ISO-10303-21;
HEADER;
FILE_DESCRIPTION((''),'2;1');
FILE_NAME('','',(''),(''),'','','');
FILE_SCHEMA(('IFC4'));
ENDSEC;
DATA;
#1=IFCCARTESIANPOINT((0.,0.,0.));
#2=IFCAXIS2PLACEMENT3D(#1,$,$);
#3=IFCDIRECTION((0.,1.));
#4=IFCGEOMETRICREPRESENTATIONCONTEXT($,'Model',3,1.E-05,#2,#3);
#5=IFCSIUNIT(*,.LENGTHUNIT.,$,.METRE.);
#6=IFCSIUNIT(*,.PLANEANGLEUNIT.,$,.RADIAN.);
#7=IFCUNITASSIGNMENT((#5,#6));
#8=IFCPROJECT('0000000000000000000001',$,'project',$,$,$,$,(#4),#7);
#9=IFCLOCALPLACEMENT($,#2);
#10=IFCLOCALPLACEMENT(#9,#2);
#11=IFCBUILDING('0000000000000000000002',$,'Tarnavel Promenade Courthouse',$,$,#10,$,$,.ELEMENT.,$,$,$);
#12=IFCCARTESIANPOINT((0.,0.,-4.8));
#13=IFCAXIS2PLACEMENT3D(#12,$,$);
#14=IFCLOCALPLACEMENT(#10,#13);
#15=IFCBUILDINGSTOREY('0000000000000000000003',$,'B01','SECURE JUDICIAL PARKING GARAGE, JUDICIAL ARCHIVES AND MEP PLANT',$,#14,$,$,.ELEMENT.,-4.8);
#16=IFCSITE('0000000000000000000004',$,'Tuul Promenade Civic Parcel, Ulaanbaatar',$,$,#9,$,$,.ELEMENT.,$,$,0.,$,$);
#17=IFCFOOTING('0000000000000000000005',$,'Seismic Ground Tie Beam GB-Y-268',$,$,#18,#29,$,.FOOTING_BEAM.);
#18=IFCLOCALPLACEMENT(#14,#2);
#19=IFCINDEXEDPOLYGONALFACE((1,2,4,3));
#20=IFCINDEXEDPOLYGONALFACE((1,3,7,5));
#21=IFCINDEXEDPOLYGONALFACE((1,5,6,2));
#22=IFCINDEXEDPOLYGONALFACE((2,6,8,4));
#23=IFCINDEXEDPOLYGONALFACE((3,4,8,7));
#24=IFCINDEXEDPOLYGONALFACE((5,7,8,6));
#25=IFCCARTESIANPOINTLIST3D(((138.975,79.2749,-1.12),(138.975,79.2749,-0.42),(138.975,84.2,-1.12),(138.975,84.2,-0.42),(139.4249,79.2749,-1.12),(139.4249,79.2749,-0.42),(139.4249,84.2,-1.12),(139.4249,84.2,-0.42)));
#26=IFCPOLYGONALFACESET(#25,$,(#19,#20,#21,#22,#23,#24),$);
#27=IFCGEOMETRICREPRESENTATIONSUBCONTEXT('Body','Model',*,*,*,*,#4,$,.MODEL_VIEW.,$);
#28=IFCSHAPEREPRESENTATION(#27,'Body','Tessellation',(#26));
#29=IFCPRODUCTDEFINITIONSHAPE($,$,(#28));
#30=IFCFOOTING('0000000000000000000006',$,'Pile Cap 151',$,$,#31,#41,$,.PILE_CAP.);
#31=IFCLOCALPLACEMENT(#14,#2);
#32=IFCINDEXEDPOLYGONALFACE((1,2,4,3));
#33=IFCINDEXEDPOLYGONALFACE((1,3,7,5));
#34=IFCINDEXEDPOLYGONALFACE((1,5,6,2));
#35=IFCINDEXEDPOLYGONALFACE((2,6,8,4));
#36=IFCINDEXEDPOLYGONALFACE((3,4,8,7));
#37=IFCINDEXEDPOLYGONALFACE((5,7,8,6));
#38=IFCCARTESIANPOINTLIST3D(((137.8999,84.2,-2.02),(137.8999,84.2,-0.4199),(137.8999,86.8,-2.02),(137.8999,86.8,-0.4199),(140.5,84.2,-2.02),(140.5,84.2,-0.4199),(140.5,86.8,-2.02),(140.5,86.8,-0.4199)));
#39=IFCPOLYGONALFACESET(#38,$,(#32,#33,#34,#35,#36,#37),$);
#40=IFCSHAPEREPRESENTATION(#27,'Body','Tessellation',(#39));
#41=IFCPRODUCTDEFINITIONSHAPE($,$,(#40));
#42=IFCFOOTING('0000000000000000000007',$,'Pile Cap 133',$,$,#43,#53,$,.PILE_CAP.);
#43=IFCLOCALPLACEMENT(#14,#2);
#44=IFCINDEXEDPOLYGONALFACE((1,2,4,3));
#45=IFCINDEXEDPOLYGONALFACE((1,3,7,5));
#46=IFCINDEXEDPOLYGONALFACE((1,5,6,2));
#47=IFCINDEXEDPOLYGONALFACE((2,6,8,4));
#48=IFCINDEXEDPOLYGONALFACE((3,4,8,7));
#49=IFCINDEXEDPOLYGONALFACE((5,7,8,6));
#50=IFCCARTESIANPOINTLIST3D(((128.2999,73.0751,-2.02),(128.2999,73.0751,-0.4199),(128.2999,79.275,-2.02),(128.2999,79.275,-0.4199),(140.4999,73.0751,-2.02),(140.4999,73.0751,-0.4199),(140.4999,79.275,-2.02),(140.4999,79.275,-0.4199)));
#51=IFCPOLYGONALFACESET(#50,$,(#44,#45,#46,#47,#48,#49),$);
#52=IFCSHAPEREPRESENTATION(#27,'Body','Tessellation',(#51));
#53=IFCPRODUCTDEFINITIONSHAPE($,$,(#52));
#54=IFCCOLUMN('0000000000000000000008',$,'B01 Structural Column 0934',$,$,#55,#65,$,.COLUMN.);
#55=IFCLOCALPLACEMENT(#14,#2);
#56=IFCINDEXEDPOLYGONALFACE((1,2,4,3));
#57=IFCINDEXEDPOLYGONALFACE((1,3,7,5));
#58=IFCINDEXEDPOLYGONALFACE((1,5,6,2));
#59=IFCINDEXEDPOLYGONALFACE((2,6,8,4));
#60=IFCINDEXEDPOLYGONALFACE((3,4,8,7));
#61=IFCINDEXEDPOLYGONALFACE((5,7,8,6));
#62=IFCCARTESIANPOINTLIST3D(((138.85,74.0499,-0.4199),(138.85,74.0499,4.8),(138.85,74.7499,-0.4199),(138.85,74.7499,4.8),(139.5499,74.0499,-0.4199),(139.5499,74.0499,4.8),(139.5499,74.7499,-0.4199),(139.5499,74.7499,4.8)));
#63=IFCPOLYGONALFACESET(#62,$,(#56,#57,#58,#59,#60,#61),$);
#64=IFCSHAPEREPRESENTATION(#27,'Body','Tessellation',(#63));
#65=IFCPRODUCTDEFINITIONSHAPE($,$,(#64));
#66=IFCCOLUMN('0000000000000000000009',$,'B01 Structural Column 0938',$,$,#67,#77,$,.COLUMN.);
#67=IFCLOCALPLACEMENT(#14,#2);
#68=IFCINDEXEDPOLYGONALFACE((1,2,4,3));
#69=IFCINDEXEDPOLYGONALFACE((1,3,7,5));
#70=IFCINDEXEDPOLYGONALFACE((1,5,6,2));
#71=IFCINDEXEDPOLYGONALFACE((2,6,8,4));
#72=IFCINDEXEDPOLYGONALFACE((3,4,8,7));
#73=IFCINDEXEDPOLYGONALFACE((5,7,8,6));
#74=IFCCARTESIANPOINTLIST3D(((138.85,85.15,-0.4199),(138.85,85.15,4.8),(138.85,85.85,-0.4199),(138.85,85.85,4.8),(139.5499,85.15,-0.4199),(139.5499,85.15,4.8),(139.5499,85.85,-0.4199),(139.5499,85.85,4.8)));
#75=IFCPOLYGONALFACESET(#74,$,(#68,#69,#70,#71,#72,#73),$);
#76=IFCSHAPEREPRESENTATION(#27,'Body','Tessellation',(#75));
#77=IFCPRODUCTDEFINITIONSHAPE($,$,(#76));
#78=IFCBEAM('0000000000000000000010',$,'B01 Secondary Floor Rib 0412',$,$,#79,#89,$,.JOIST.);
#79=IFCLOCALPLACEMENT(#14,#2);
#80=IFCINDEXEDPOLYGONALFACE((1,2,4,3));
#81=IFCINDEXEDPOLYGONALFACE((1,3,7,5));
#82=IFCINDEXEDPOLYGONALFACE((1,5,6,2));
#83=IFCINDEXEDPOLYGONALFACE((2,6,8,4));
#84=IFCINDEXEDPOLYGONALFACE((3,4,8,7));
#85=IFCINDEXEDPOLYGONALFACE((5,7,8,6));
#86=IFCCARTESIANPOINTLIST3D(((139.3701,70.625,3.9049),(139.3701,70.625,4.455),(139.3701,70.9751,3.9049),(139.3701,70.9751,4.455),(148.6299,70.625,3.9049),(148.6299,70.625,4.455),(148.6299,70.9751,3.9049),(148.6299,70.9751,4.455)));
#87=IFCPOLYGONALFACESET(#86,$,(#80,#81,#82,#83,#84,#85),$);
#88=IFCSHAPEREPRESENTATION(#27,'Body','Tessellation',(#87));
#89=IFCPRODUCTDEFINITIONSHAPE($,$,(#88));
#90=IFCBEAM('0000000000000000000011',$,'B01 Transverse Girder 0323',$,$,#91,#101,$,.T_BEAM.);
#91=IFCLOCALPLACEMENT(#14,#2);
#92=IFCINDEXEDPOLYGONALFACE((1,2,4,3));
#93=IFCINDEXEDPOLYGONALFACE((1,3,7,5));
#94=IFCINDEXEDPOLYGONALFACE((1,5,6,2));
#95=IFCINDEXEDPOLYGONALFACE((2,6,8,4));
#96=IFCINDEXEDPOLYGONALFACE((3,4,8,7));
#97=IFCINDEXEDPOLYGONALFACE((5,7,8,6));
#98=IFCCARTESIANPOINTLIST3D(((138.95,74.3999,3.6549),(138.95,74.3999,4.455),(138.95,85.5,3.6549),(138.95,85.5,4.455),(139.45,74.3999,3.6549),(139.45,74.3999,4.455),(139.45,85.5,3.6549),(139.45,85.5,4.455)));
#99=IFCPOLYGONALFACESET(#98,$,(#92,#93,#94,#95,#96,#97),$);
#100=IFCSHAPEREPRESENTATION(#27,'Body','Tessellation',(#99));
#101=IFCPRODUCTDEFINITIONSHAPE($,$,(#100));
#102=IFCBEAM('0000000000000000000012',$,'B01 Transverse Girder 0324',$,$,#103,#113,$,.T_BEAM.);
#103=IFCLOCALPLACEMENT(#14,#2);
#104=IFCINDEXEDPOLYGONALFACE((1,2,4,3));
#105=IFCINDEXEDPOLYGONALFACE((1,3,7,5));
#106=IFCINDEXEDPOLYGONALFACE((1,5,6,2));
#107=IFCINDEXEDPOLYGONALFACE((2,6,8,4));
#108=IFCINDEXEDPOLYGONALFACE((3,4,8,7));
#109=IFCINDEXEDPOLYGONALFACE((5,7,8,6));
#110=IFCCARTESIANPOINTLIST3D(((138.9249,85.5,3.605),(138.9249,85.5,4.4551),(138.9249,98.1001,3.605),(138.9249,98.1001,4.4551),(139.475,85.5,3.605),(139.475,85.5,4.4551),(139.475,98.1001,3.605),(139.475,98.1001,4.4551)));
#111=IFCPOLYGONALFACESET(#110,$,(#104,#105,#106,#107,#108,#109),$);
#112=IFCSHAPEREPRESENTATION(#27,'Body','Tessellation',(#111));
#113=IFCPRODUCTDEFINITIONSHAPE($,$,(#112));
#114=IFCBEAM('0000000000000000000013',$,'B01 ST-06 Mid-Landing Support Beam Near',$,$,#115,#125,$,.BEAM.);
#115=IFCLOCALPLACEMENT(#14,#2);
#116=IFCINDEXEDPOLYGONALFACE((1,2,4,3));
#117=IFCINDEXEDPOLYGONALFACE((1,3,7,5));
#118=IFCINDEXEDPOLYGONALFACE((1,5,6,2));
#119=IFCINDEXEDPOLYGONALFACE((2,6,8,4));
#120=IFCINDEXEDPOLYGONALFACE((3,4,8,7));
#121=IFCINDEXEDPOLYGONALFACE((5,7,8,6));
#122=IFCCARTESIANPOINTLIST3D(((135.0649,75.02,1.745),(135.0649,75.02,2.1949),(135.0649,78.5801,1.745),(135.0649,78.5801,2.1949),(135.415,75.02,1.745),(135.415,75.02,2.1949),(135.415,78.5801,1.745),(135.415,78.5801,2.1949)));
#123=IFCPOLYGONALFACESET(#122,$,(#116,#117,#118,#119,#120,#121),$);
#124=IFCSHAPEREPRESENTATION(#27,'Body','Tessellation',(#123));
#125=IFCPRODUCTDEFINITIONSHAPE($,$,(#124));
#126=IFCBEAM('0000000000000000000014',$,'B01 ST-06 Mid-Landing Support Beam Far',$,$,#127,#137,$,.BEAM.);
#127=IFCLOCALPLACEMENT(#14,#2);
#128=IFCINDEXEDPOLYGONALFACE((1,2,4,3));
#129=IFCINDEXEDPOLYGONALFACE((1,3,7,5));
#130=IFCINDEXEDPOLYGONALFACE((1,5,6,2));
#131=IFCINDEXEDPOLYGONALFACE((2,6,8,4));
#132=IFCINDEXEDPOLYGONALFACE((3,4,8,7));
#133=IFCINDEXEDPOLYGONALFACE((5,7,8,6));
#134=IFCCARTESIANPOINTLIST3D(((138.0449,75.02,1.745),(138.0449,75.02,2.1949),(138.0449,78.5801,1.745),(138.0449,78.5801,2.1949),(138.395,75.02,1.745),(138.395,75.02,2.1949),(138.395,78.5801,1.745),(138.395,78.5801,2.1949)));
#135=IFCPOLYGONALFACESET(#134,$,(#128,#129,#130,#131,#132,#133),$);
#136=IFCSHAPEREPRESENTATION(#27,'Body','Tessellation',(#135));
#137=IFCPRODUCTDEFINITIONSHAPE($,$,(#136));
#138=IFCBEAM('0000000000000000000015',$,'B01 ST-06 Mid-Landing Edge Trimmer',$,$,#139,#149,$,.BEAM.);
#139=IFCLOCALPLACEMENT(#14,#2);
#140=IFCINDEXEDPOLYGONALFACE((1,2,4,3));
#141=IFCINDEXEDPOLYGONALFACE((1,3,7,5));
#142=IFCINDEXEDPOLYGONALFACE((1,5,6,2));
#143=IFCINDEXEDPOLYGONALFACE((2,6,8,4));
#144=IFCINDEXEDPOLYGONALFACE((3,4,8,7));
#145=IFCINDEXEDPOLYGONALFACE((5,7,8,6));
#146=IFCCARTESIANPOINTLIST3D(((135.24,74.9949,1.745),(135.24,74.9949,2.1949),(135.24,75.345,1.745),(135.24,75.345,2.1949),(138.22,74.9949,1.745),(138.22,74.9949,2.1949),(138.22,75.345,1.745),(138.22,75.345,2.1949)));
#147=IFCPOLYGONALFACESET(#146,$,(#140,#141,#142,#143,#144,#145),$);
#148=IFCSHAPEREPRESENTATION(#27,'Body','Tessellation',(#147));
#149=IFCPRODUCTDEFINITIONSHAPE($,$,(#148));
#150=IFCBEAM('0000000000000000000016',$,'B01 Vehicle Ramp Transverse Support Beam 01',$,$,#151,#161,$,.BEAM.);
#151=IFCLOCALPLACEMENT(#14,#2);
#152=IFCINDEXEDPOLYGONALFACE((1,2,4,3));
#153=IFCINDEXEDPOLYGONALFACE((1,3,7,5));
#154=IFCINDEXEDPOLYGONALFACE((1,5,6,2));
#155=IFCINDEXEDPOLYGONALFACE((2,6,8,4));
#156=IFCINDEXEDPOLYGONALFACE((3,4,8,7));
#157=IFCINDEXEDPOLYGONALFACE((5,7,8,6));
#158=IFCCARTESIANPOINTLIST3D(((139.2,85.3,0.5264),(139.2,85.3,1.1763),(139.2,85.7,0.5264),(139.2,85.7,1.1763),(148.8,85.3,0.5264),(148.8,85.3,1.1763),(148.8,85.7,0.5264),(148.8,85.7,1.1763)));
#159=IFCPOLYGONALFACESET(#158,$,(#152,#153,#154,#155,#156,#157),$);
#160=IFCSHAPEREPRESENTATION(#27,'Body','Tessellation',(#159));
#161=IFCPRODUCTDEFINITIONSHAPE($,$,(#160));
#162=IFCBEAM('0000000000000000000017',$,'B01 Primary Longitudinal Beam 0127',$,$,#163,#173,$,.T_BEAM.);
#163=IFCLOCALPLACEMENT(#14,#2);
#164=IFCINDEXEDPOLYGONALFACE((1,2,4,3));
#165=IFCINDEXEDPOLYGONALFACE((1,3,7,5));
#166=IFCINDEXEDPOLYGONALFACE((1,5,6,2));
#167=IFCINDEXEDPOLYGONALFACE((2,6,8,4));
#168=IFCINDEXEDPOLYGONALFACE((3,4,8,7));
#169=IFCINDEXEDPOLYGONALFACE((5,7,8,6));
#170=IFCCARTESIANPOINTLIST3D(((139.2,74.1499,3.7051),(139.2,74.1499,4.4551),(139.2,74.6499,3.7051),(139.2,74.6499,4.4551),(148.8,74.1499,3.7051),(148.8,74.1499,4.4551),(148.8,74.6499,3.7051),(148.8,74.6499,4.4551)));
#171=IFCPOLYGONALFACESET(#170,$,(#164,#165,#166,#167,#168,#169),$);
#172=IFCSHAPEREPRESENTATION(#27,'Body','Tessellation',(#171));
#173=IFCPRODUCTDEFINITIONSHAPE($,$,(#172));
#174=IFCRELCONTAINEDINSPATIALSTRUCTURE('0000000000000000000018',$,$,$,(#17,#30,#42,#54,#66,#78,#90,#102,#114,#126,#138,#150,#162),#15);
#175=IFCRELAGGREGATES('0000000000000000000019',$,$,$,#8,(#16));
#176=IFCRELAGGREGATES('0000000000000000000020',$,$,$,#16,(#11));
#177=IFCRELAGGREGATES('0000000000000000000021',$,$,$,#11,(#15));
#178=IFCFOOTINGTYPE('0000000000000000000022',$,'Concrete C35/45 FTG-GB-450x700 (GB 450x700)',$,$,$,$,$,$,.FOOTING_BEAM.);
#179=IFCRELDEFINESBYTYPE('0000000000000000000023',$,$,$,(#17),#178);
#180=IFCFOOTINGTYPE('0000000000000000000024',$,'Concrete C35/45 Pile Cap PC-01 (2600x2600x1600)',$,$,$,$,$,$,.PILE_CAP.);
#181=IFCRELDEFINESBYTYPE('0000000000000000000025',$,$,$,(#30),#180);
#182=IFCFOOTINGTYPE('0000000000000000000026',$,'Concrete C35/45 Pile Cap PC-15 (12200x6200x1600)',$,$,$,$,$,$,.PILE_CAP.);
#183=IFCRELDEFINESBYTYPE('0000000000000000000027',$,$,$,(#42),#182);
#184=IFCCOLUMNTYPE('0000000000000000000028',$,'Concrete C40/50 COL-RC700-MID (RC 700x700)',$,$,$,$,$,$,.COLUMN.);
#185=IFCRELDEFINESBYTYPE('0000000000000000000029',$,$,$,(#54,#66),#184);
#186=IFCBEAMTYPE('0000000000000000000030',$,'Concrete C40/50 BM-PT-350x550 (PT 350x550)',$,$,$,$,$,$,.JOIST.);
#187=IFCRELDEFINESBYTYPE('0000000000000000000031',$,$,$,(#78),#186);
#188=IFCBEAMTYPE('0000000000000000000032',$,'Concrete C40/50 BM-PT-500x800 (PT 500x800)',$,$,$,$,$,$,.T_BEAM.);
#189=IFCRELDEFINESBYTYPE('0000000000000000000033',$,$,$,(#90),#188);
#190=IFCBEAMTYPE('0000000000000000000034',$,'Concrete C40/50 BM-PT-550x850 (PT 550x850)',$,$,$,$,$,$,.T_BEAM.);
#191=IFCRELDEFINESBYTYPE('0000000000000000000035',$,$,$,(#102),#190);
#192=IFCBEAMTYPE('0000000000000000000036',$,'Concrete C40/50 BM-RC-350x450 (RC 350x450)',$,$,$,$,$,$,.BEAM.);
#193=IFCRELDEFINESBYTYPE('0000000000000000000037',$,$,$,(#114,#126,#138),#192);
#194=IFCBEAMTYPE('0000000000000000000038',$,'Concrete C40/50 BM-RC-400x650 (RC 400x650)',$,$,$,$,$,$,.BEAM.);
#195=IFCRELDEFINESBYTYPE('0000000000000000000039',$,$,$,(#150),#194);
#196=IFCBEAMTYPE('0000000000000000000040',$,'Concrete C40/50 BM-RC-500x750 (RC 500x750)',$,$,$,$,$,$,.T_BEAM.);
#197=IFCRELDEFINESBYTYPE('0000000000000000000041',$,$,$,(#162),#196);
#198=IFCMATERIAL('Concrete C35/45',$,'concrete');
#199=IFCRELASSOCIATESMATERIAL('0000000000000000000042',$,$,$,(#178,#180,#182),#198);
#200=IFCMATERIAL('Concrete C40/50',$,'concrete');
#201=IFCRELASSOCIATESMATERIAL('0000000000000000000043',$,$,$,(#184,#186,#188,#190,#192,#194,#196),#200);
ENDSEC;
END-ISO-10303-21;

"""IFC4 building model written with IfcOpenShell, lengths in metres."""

from ifc_helpers import new_model, si_unit, direction, frame, origin, origin_2d, place, context, subcontext, project, spatial, rectangle, extrude, material, material_profile, profile_set, type_object, element, save


model = new_model("IFC4")

# Units and contexts
model_context = context("Model", 3, precision=1e-05, world=origin(), true_north=direction((0.0, 1.0)))
body_context = subcontext(model_context, "Body", "Model", "MODEL_VIEW")
ifc_project = project(units=[si_unit("LENGTHUNIT", "METRE"), si_unit("PLANEANGLEUNIT", "RADIAN")], contexts=[model_context])

# Site, building, storey
site_placement = place(None, origin())
site = spatial("IfcSite", under=ifc_project, at=site_placement, Name="Tuul Promenade Civic Parcel, Ulaanbaatar", CompositionType="ELEMENT", RefElevation=0.0)
building_placement = place(site_placement, origin())
building = spatial("IfcBuilding", under=site, at=building_placement, Name="Tarnavel Promenade Courthouse", CompositionType="ELEMENT")
storey_placement = place(building_placement, frame((0.0, 0.0, -4.8)))
storey = spatial("IfcBuildingStorey", under=building, at=storey_placement, Name="B01", Description="SECURE JUDICIAL PARKING GARAGE, JUDICIAL ARCHIVES AND MEP PLANT", CompositionType="ELEMENT", Elevation=-4.8)

# Footings
ifc_material_1 = material(Name="Concrete C35/45", Category="concrete")
ifc_material_profile_1 = material_profile(ifc_material_1, rectangle(XDim=0.45, YDim=0.7, at=origin_2d()), Name="GB 450x700")
ifc_profile_set_1 = profile_set([ifc_material_profile_1], Name="Concrete C35/45")
footing_type_1 = type_object("IfcFootingType", Name="Concrete C35/45 FTG-GB-450x700 (GB 450x700)", PredefinedType="FOOTING_BEAM", material=ifc_profile_set_1)
footing_1_placement = place(storey_placement, frame((139.2, 79.2749, -0.77), z_axis=(0.0, 1.0, 0.0), x_axis=(-1.0, 0.0, 0.0)))
element("IfcFooting", 1, at=footing_1_placement, inside=storey, type_object=footing_type_1, Name="Seismic Ground Tie Beam GB-Y-268", PredefinedType="FOOTING_BEAM", context=body_context, shape_type="SweptSolid", body=[
    extrude(rectangle(XDim=0.45, YDim=0.7, at=origin_2d()), origin(), (0.0, 0.0, 1.0), 4.925),
])
footing_type_2 = type_object("IfcFootingType", Name="Concrete C35/45 Pile Cap PC-01 (2600x2600x1600)", PredefinedType="PILE_CAP", material=ifc_material_1)
footing_2_placement = place(storey_placement, frame((139.2, 85.5, -2.02), z_axis=(0.0, 0.0, 1.0), x_axis=(1.0, 0.0, 0.0)))
element("IfcFooting", 2, at=footing_2_placement, inside=storey, type_object=footing_type_2, Name="Pile Cap 151", PredefinedType="PILE_CAP", context=body_context, shape_type="SweptSolid", body=[
    extrude(rectangle(XDim=2.6001, YDim=2.6001, at=origin_2d()), origin(), (0.0, 0.0, 1.0), 1.6001),
])
footing_type_3 = type_object("IfcFootingType", Name="Concrete C35/45 Pile Cap PC-15 (12200x6200x1600)", PredefinedType="PILE_CAP", material=ifc_material_1)
footing_3_placement = place(storey_placement, frame((134.3999, 76.175, -2.02), z_axis=(0.0, 0.0, 1.0), x_axis=(1.0, 0.0, 0.0)))
element("IfcFooting", 3, at=footing_3_placement, inside=storey, type_object=footing_type_3, Name="Pile Cap 133", PredefinedType="PILE_CAP", context=body_context, shape_type="SweptSolid", body=[
    extrude(rectangle(XDim=12.2, YDim=6.2, at=origin_2d()), origin(), (0.0, 0.0, 1.0), 1.6001),
])

# Columns
ifc_material_2 = material(Name="Concrete C40/50", Category="concrete")
ifc_material_profile_2 = material_profile(ifc_material_2, rectangle(XDim=0.7, YDim=0.7, at=origin_2d()), Name="RC 700x700")
ifc_profile_set_2 = profile_set([ifc_material_profile_2], Name="Concrete C40/50")
column_type = type_object("IfcColumnType", Name="Concrete C40/50 COL-RC700-MID (RC 700x700)", PredefinedType="COLUMN", material=ifc_profile_set_2)
for number, where, z_axis, x_axis, name in (
    (4, (139.2, 74.3999, -0.4199), (0.0, 0.0, 1.0), (1.0, 0.0, 0.0), "B01 Structural Column 0934"),
    (5, (139.2, 85.5, -0.4199), (0.0, 0.0, 1.0), (1.0, 0.0, 0.0), "B01 Structural Column 0938"),
):
    element("IfcColumn", number, at=place(storey_placement, frame(where, z_axis=z_axis, x_axis=x_axis)), inside=storey, type_object=column_type, Name=name, PredefinedType="COLUMN", context=body_context, shape_type="SweptSolid", body=[
        extrude(rectangle(XDim=0.7, YDim=0.7, at=origin_2d()), origin(), (0.0, 0.0, 1.0), 5.22),
    ])

# Beams
ifc_material_profile_3 = material_profile(ifc_material_2, rectangle(XDim=0.3501, YDim=0.55, at=origin_2d()), Name="PT 350x550")
ifc_profile_set_3 = profile_set([ifc_material_profile_3], Name="Concrete C40/50")
beam_type_1 = type_object("IfcBeamType", Name="Concrete C40/50 BM-PT-350x550 (PT 350x550)", PredefinedType="JOIST", material=ifc_profile_set_3)
beam_1_placement = place(storey_placement, frame((139.3701, 70.8, 4.1799), z_axis=(1.0, 0.0, 0.0), x_axis=(0.0, 1.0, 0.0)))
element("IfcBeam", 6, at=beam_1_placement, inside=storey, type_object=beam_type_1, Name="B01 Secondary Floor Rib 0412", PredefinedType="JOIST", context=body_context, shape_type="SweptSolid", body=[
    extrude(rectangle(XDim=0.3501, YDim=0.55, at=origin_2d()), origin(), (0.0, 0.0, 1.0), 9.2598),
])
ifc_material_profile_4 = material_profile(ifc_material_2, rectangle(XDim=0.5, YDim=0.8, at=origin_2d()), Name="PT 500x800")
ifc_profile_set_4 = profile_set([ifc_material_profile_4], Name="Concrete C40/50")
beam_type_2 = type_object("IfcBeamType", Name="Concrete C40/50 BM-PT-500x800 (PT 500x800)", PredefinedType="T_BEAM", material=ifc_profile_set_4)
beam_2_placement = place(storey_placement, frame((139.2, 74.3999, 4.0549), z_axis=(0.0, 1.0, 0.0), x_axis=(-1.0, 0.0, 0.0)))
element("IfcBeam", 7, at=beam_2_placement, inside=storey, type_object=beam_type_2, Name="B01 Transverse Girder 0323", PredefinedType="T_BEAM", context=body_context, shape_type="SweptSolid", body=[
    extrude(rectangle(XDim=0.5, YDim=0.8, at=origin_2d()), origin(), (0.0, 0.0, 1.0), 11.1001),
])
ifc_material_profile_5 = material_profile(ifc_material_2, rectangle(XDim=0.55, YDim=0.8501, at=origin_2d()), Name="PT 550x850")
ifc_profile_set_5 = profile_set([ifc_material_profile_5], Name="Concrete C40/50")
beam_type_3 = type_object("IfcBeamType", Name="Concrete C40/50 BM-PT-550x850 (PT 550x850)", PredefinedType="T_BEAM", material=ifc_profile_set_5)
beam_3_placement = place(storey_placement, frame((139.2, 85.5, 4.03), z_axis=(0.0, 1.0, 0.0), x_axis=(-1.0, 0.0, 0.0)))
element("IfcBeam", 8, at=beam_3_placement, inside=storey, type_object=beam_type_3, Name="B01 Transverse Girder 0324", PredefinedType="T_BEAM", context=body_context, shape_type="SweptSolid", body=[
    extrude(rectangle(XDim=0.55, YDim=0.8501, at=origin_2d()), origin(), (0.0, 0.0, 1.0), 12.6001),
])
ifc_material_profile_6 = material_profile(ifc_material_2, rectangle(XDim=0.3501, YDim=0.45, at=origin_2d()), Name="RC 350x450")
ifc_profile_set_6 = profile_set([ifc_material_profile_6], Name="Concrete C40/50")
beam_type_4 = type_object("IfcBeamType", Name="Concrete C40/50 BM-RC-350x450 (RC 350x450)", PredefinedType="BEAM", material=ifc_profile_set_6)
for number, where, z_axis, x_axis, name in (
    (9, (135.24, 75.02, 1.97), (0.0, 1.0, 0.0), (-1.0, 0.0, 0.0), "B01 ST-06 Mid-Landing Support Beam Near"),
    (10, (138.22, 75.02, 1.97), (0.0, 1.0, 0.0), (-1.0, 0.0, 0.0), "B01 ST-06 Mid-Landing Support Beam Far"),
):
    element("IfcBeam", number, at=place(storey_placement, frame(where, z_axis=z_axis, x_axis=x_axis)), inside=storey, type_object=beam_type_4, Name=name, PredefinedType="BEAM", context=body_context, shape_type="SweptSolid", body=[
        extrude(rectangle(XDim=0.3501, YDim=0.45, at=origin_2d()), origin(), (0.0, 0.0, 1.0), 3.5601),
    ])
beam_4_placement = place(storey_placement, frame((135.24, 75.1699, 1.97), z_axis=(1.0, 0.0, 0.0), x_axis=(0.0, 1.0, 0.0)))
element("IfcBeam", 11, at=beam_4_placement, inside=storey, type_object=beam_type_4, Name="B01 ST-06 Mid-Landing Edge Trimmer", PredefinedType="BEAM", context=body_context, shape_type="SweptSolid", body=[
    extrude(rectangle(XDim=0.3501, YDim=0.45, at=origin_2d()), origin(), (0.0, 0.0, 1.0), 2.98),
])
ifc_material_profile_7 = material_profile(ifc_material_2, rectangle(XDim=0.3999, YDim=0.6499, at=origin_2d()), Name="RC 400x650")
ifc_profile_set_7 = profile_set([ifc_material_profile_7], Name="Concrete C40/50")
beam_type_5 = type_object("IfcBeamType", Name="Concrete C40/50 BM-RC-400x650 (RC 400x650)", PredefinedType="BEAM", material=ifc_profile_set_7)
beam_5_placement = place(storey_placement, frame((139.2, 85.5, 0.8513), z_axis=(1.0, 0.0, 0.0), x_axis=(0.0, 1.0, 0.0)))
element("IfcBeam", 12, at=beam_5_placement, inside=storey, type_object=beam_type_5, Name="B01 Vehicle Ramp Transverse Support Beam 01", PredefinedType="BEAM", context=body_context, shape_type="SweptSolid", body=[
    extrude(rectangle(XDim=0.3999, YDim=0.6499, at=origin_2d()), origin(), (0.0, 0.0, 1.0), 9.6001),
])
ifc_material_profile_8 = material_profile(ifc_material_2, rectangle(XDim=0.5, YDim=0.75, at=origin_2d()), Name="RC 500x750")
ifc_profile_set_8 = profile_set([ifc_material_profile_8], Name="Concrete C40/50")
beam_type_6 = type_object("IfcBeamType", Name="Concrete C40/50 BM-RC-500x750 (RC 500x750)", PredefinedType="T_BEAM", material=ifc_profile_set_8)
beam_6_placement = place(storey_placement, frame((139.2, 74.3999, 4.0801), z_axis=(1.0, 0.0, 0.0), x_axis=(0.0, 1.0, 0.0)))
element("IfcBeam", 13, at=beam_6_placement, inside=storey, type_object=beam_type_6, Name="B01 Primary Longitudinal Beam 0127", PredefinedType="T_BEAM", context=body_context, shape_type="SweptSolid", body=[
    extrude(rectangle(XDim=0.5, YDim=0.75, at=origin_2d()), origin(), (0.0, 0.0, 1.0), 9.6001),
])

save(model, "model.ifc")
